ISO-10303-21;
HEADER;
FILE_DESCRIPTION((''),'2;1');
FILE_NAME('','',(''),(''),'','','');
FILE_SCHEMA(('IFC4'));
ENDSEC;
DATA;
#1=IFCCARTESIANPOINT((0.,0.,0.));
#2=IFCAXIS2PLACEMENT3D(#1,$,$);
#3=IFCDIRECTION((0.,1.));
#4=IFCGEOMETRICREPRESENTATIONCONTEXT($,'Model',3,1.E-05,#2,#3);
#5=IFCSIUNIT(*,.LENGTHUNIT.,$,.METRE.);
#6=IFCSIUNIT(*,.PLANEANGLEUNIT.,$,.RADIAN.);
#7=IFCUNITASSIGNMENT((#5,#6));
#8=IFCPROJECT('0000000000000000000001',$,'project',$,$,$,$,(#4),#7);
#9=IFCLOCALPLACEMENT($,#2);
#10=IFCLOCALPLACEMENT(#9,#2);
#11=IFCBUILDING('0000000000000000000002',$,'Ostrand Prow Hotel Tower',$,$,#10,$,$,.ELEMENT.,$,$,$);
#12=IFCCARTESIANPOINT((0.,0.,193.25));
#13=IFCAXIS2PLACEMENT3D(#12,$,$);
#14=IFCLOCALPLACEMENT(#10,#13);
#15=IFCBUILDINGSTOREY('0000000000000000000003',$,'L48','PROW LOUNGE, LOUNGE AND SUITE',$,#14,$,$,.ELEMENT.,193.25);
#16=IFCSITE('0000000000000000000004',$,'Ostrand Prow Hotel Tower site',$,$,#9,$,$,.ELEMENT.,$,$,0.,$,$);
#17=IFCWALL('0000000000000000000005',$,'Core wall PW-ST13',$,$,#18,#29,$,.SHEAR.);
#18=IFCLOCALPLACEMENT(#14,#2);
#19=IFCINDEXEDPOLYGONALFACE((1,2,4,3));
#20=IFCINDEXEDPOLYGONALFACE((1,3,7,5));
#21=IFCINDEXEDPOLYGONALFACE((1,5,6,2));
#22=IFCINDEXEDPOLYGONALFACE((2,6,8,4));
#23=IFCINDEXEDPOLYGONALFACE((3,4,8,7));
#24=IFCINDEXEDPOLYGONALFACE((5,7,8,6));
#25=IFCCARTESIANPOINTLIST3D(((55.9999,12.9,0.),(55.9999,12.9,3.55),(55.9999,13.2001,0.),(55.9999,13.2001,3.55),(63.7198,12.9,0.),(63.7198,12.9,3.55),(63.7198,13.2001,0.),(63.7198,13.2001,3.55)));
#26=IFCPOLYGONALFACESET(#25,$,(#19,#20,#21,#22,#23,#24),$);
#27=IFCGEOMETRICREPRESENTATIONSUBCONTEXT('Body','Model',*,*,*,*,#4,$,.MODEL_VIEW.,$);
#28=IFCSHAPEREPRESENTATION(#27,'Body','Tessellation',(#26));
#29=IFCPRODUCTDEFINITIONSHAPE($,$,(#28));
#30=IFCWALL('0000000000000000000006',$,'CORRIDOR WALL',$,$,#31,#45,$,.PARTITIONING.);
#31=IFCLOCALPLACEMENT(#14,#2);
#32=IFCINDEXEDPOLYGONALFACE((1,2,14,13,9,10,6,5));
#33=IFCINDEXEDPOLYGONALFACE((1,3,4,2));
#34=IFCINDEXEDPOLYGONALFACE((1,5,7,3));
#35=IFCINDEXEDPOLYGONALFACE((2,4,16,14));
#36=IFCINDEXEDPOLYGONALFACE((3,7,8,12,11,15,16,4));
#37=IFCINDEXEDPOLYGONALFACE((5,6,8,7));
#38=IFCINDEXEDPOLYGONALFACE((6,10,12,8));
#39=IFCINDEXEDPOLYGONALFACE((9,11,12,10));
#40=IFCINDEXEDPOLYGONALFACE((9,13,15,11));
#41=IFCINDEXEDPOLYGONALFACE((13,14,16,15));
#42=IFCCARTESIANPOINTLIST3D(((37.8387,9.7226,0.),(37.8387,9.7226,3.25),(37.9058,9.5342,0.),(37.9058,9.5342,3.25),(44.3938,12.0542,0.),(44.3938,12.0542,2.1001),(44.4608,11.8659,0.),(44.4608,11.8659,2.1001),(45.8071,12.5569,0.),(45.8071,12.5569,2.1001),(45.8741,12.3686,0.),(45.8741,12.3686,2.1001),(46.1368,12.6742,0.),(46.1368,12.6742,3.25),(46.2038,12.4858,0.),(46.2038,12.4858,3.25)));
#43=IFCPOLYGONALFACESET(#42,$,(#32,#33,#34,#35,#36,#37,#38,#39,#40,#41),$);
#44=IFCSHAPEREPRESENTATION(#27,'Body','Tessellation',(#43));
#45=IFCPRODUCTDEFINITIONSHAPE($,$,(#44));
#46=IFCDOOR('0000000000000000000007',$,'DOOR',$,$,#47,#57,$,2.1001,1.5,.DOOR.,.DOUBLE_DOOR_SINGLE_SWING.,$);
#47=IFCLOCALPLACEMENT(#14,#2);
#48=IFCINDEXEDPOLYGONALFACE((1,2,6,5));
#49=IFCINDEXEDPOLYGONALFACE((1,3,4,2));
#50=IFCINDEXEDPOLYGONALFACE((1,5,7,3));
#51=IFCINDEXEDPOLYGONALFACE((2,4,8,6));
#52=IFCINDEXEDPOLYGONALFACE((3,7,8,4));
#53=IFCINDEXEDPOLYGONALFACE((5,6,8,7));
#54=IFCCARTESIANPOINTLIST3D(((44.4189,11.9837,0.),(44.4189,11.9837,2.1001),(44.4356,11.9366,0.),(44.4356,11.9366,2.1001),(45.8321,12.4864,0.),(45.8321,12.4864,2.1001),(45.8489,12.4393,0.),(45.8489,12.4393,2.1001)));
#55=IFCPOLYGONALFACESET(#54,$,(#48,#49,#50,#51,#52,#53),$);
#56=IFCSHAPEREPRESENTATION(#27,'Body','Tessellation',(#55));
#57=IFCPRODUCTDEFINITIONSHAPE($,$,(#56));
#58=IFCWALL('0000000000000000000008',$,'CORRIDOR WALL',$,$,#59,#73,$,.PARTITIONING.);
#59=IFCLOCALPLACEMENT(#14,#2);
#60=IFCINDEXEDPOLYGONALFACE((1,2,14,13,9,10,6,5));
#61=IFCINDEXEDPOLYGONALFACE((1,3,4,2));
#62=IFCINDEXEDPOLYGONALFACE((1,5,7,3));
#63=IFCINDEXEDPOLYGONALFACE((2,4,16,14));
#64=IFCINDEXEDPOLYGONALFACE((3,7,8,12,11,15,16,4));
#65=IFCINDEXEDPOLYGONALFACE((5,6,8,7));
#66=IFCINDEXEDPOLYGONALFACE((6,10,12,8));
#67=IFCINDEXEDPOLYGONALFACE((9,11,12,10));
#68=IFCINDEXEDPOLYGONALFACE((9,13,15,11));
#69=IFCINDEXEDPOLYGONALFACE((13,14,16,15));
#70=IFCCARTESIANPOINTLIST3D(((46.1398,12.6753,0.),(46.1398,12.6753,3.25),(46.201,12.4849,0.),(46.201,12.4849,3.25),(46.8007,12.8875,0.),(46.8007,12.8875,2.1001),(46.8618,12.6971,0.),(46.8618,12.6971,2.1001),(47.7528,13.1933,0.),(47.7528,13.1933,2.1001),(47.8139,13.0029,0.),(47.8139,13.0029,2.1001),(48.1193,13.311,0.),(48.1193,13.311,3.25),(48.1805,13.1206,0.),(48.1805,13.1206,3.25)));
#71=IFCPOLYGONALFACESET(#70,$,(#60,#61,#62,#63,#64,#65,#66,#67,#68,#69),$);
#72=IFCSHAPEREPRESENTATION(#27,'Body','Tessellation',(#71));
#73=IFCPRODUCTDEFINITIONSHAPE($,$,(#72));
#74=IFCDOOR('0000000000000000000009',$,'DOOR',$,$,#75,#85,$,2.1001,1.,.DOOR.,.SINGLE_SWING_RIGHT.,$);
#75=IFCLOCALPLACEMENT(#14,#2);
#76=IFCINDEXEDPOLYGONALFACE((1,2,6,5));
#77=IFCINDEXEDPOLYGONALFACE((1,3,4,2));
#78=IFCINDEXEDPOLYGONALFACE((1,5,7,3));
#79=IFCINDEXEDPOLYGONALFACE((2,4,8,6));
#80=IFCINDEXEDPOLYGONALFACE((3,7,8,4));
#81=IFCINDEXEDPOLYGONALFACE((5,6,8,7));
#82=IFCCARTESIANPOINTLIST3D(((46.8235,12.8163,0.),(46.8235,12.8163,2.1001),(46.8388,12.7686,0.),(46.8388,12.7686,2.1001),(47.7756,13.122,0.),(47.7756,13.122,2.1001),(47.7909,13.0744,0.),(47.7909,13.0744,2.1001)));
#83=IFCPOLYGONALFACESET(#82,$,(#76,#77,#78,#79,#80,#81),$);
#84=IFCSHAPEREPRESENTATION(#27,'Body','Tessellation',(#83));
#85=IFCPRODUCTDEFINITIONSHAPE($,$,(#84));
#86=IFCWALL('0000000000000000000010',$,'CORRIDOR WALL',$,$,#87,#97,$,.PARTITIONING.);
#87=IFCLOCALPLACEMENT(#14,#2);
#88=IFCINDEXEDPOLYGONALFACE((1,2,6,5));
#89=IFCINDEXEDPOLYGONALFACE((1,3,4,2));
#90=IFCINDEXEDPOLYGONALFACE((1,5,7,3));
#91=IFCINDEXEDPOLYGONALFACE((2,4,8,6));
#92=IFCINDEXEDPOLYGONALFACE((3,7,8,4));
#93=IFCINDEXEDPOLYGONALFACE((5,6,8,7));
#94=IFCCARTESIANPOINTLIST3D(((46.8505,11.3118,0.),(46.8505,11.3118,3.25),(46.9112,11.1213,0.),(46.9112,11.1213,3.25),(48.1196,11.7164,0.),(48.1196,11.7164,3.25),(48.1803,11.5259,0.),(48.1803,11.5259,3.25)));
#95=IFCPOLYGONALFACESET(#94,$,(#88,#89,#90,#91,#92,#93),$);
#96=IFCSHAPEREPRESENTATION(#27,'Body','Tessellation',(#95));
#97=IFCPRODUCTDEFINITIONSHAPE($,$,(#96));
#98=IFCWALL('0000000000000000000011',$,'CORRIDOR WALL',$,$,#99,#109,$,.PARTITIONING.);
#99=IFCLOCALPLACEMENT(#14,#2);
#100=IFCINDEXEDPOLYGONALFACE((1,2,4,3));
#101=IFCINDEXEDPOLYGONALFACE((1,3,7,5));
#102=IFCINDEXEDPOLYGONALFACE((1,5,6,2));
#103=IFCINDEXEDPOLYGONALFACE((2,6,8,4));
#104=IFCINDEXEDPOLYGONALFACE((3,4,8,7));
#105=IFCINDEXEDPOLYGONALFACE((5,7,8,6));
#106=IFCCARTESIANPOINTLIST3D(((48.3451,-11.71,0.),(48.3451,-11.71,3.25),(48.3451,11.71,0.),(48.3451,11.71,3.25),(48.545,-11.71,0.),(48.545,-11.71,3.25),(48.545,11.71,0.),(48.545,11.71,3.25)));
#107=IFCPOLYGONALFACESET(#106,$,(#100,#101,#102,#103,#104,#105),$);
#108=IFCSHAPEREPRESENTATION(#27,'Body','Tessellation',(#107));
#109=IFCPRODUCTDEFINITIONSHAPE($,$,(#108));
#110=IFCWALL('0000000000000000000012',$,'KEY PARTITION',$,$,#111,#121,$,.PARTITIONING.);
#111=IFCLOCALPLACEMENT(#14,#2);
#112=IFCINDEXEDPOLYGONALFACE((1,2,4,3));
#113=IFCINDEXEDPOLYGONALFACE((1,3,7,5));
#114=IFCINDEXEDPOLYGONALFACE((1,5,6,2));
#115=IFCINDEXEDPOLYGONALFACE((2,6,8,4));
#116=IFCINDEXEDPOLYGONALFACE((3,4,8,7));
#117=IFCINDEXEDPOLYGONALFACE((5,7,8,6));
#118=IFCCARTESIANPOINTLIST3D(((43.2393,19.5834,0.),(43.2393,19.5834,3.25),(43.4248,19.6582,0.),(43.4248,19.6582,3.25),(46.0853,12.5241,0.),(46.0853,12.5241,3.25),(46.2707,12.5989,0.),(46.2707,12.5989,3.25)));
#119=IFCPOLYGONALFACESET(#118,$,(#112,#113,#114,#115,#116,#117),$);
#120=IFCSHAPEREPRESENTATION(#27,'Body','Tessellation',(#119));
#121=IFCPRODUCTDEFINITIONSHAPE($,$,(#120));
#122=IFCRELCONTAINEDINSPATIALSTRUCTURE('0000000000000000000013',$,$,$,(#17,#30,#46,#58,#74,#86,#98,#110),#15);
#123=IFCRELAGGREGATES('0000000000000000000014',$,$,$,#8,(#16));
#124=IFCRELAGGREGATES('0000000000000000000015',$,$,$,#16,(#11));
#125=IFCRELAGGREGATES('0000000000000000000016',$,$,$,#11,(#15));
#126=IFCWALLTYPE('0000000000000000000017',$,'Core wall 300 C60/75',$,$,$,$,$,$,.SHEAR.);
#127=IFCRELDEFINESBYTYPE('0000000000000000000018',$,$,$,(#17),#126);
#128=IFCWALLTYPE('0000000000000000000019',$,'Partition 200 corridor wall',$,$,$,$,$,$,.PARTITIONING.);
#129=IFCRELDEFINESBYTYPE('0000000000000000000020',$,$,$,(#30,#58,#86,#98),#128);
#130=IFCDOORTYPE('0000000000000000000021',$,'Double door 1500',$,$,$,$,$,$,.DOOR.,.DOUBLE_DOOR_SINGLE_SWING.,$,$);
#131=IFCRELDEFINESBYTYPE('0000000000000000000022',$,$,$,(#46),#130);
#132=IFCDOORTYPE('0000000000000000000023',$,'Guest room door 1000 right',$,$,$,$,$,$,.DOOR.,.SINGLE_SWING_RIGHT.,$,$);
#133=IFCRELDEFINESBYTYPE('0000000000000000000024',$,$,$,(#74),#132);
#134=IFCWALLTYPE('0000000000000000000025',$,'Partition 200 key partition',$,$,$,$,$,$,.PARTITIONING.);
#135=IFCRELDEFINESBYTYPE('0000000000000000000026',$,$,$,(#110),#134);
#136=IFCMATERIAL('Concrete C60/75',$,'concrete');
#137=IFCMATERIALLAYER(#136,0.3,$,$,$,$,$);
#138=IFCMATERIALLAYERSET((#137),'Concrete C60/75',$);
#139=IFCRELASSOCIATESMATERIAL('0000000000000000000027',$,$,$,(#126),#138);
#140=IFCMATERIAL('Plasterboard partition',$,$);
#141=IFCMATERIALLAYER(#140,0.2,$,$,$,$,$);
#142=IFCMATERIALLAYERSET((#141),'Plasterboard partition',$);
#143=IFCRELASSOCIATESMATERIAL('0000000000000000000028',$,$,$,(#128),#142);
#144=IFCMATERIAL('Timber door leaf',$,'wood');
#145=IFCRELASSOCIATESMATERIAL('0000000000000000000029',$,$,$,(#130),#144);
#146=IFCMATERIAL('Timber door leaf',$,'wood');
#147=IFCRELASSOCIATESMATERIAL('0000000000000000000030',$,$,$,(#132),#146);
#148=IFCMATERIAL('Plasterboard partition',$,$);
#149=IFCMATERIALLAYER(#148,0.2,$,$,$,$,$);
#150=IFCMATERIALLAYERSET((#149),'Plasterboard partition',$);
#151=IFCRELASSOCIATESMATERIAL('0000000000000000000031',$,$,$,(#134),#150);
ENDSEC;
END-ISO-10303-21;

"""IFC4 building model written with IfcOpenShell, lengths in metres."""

from ifc_helpers import new_model, si_unit, direction, frame, frame_2d, origin, place, context, subcontext, project, spatial, rectangle, extrude, material, layer, layer_set, type_object, element, fill, save


model = new_model("IFC4")

# Units and contexts
model_context = context("Model", 3, precision=1e-05, world=origin(), true_north=direction((0.0, 1.0)))
body_context = subcontext(model_context, "Body", "Model", "MODEL_VIEW")
ifc_project = project(units=[si_unit("LENGTHUNIT", "METRE"), si_unit("PLANEANGLEUNIT", "RADIAN")], contexts=[model_context])

# Site, building, storey
site_placement = place(None, origin())
site = spatial("IfcSite", under=ifc_project, at=site_placement, Name="Ostrand Prow Hotel Tower site", CompositionType="ELEMENT", RefElevation=0.0)
building_placement = place(site_placement, origin())
building = spatial("IfcBuilding", under=site, at=building_placement, Name="Ostrand Prow Hotel Tower", CompositionType="ELEMENT")
storey_placement = place(building_placement, frame((0.0, 0.0, 193.25)))
storey = spatial("IfcBuildingStorey", under=building, at=storey_placement, Name="L48", Description="PROW LOUNGE, LOUNGE AND SUITE", CompositionType="ELEMENT", Elevation=193.25)

# Wall
ifc_material_1 = material(Name="Concrete C60/75", Category="concrete")
ifc_layer_1 = layer(ifc_material_1, 0.3)
ifc_layer_set_1 = layer_set([ifc_layer_1], Name="Concrete C60/75")
wall_type_1 = type_object("IfcWallType", Name="Core wall 300 C60/75", PredefinedType="SHEAR", material=ifc_layer_set_1)
wall_1_placement = place(storey_placement, frame((56.0, 13.05, 0.0), z_axis=(0.0, 0.0, 1.0), x_axis=(1.0, 0.0, 0.0)))
element("IfcWall", 1, at=wall_1_placement, inside=storey, type_object=wall_type_1, Name="Core wall PW-ST13", PredefinedType="SHEAR", context=body_context, shape_type="SweptSolid", body=[
    extrude(rectangle(XDim=7.72, YDim=0.3, at=frame_2d((3.8599, 0.0))), origin(), (0.0, 0.0, 1.0), 3.55),
])

# Walls, openings, doors
ifc_material_2 = material(Name="Plasterboard partition")
ifc_layer_2 = layer(ifc_material_2, 0.2)
ifc_layer_set_2 = layer_set([ifc_layer_2], Name="Plasterboard partition")
wall_type_2 = type_object("IfcWallType", Name="Partition 200 corridor wall", PredefinedType="PARTITIONING", material=ifc_layer_set_2)
wall_2_placement = place(storey_placement, frame((46.1704, 12.5801, 0.0), z_axis=(0.0, 0.0, 1.0), x_axis=(-0.942171, -0.335133, 0.0)))
wall_2 = element("IfcWall", 2, at=wall_2_placement, inside=storey, type_object=wall_type_2, Name="CORRIDOR WALL", PredefinedType="PARTITIONING", context=body_context, shape_type="SweptSolid", body=[
    extrude(rectangle(XDim=8.8074, YDim=0.2, at=frame_2d((4.4038, 0.0))), origin(), (0.0, 0.0, 1.0), 3.25),
])
opening_1_placement = place(wall_2_placement, frame((0.3501, 0.0, 0.0)))
opening_1 = element("IfcOpeningElement", 3, at=opening_1_placement, cuts=wall_2, PredefinedType="OPENING", context=body_context, shape_type="SweptSolid", body=[
    extrude(rectangle(XDim=1.5, YDim=2.1001, at=frame_2d((0.75, 1.05))), frame((0.0, 0.1099, 0.0), z_axis=(0.0, -1.0, 0.0), x_axis=(1.0, 0.0, 0.0)), (0.0, 0.0, 1.0), 0.22),
])
ifc_material_3 = material(Name="Timber door leaf", Category="wood")
door_type_1 = type_object("IfcDoorType", Name="Double door 1500", OperationType="DOUBLE_DOOR_SINGLE_SWING", PredefinedType="DOOR", material=ifc_material_3)
door_1_placement = place(opening_1_placement, origin())
door_1 = element("IfcDoor", 4, at=door_1_placement, inside=storey, type_object=door_type_1, Name="DOOR", OperationType="DOUBLE_DOOR_SINGLE_SWING", OverallHeight=2.1001, OverallWidth=1.5, PredefinedType="DOOR", context=body_context, shape_type="SweptSolid", body=[
    extrude(rectangle(XDim=1.5, YDim=2.1001, at=frame_2d((0.75, 1.05))), frame((0.0, 0.0249, 0.0), z_axis=(0.0, -1.0, 0.0), x_axis=(1.0, 0.0, 0.0)), (0.0, 0.0, 1.0), 0.05),
])
fill(opening_1, door_1)
wall_3_placement = place(storey_placement, frame((48.1499, 13.2158, 0.0), z_axis=(0.0, 0.0, 1.0), x_axis=(-0.952102, -0.305781, 0.0)))
wall_3 = element("IfcWall", 5, at=wall_3_placement, inside=storey, type_object=wall_type_2, Name="CORRIDOR WALL", PredefinedType="PARTITIONING", context=body_context, shape_type="SweptSolid", body=[
    extrude(rectangle(XDim=2.0791, YDim=0.2, at=frame_2d((1.0396, 0.0))), origin(), (0.0, 0.0, 1.0), 3.25),
])
opening_2_placement = place(wall_3_placement, frame((0.385, 0.0, 0.0)))
opening_2 = element("IfcOpeningElement", 6, at=opening_2_placement, cuts=wall_3, PredefinedType="OPENING", context=body_context, shape_type="SweptSolid", body=[
    extrude(rectangle(XDim=1.0, YDim=2.1001, at=frame_2d((0.5, 1.05))), frame((0.0, 0.1099, 0.0), z_axis=(0.0, -1.0, 0.0), x_axis=(1.0, 0.0, 0.0)), (0.0, 0.0, 1.0), 0.22),
])
ifc_material_4 = material(Name="Timber door leaf", Category="wood")
door_type_2 = type_object("IfcDoorType", Name="Guest room door 1000 right", OperationType="SINGLE_SWING_RIGHT", PredefinedType="DOOR", material=ifc_material_4)
door_2_placement = place(opening_2_placement, origin())
door_2 = element("IfcDoor", 7, at=door_2_placement, inside=storey, type_object=door_type_2, Name="DOOR", OperationType="SINGLE_SWING_RIGHT", OverallHeight=2.1001, OverallWidth=1.0, PredefinedType="DOOR", context=body_context, shape_type="SweptSolid", body=[
    extrude(rectangle(XDim=1.0, YDim=2.1001, at=frame_2d((0.5, 1.05))), frame((0.0, 0.0249, 0.0), z_axis=(0.0, -1.0, 0.0), x_axis=(1.0, 0.0, 0.0)), (0.0, 0.0, 1.0), 0.05),
])
fill(opening_2, door_2)

# Walls
wall_4_placement = place(storey_placement, frame((46.8809, 11.2166, 0.0), z_axis=(0.0, 0.0, 1.0), x_axis=(0.952762, 0.303718, 0.0)))
element("IfcWall", 8, at=wall_4_placement, inside=storey, type_object=wall_type_2, Name="CORRIDOR WALL", PredefinedType="PARTITIONING", context=body_context, shape_type="SweptSolid", body=[
    extrude(rectangle(XDim=1.332, YDim=0.2, at=frame_2d((0.666, 0.0))), origin(), (0.0, 0.0, 1.0), 3.25),
])
wall_5_placement = place(storey_placement, frame((48.4451, 11.71, 0.0), z_axis=(0.0, 0.0, 1.0), x_axis=(0.0, -1.0, 0.0)))
element("IfcWall", 9, at=wall_5_placement, inside=storey, type_object=wall_type_2, Name="CORRIDOR WALL", PredefinedType="PARTITIONING", context=body_context, shape_type="SweptSolid", body=[
    extrude(rectangle(XDim=23.4199, YDim=0.2, at=frame_2d((11.71, 0.0))), origin(), (0.0, 0.0, 1.0), 3.25),
])
ifc_material_5 = material(Name="Plasterboard partition")
ifc_layer_3 = layer(ifc_material_5, 0.2)
ifc_layer_set_3 = layer_set([ifc_layer_3], Name="Plasterboard partition")
wall_type_3 = type_object("IfcWallType", Name="Partition 200 key partition", PredefinedType="PARTITIONING", material=ifc_layer_set_3)
wall_6_placement = place(storey_placement, frame((46.178, 12.5615, 0.0), z_axis=(0.0, 0.0, 1.0), x_axis=(-0.373906, 0.927467, 0.0)))
element("IfcWall", 10, at=wall_6_placement, inside=storey, type_object=wall_type_3, Name="KEY PARTITION", PredefinedType="PARTITIONING", context=body_context, shape_type="SweptSolid", body=[
    extrude(rectangle(XDim=7.6113, YDim=0.2, at=frame_2d((3.8057, 0.0))), origin(), (0.0, 0.0, 1.0), 3.25),
])

save(model, "model.ifc")
